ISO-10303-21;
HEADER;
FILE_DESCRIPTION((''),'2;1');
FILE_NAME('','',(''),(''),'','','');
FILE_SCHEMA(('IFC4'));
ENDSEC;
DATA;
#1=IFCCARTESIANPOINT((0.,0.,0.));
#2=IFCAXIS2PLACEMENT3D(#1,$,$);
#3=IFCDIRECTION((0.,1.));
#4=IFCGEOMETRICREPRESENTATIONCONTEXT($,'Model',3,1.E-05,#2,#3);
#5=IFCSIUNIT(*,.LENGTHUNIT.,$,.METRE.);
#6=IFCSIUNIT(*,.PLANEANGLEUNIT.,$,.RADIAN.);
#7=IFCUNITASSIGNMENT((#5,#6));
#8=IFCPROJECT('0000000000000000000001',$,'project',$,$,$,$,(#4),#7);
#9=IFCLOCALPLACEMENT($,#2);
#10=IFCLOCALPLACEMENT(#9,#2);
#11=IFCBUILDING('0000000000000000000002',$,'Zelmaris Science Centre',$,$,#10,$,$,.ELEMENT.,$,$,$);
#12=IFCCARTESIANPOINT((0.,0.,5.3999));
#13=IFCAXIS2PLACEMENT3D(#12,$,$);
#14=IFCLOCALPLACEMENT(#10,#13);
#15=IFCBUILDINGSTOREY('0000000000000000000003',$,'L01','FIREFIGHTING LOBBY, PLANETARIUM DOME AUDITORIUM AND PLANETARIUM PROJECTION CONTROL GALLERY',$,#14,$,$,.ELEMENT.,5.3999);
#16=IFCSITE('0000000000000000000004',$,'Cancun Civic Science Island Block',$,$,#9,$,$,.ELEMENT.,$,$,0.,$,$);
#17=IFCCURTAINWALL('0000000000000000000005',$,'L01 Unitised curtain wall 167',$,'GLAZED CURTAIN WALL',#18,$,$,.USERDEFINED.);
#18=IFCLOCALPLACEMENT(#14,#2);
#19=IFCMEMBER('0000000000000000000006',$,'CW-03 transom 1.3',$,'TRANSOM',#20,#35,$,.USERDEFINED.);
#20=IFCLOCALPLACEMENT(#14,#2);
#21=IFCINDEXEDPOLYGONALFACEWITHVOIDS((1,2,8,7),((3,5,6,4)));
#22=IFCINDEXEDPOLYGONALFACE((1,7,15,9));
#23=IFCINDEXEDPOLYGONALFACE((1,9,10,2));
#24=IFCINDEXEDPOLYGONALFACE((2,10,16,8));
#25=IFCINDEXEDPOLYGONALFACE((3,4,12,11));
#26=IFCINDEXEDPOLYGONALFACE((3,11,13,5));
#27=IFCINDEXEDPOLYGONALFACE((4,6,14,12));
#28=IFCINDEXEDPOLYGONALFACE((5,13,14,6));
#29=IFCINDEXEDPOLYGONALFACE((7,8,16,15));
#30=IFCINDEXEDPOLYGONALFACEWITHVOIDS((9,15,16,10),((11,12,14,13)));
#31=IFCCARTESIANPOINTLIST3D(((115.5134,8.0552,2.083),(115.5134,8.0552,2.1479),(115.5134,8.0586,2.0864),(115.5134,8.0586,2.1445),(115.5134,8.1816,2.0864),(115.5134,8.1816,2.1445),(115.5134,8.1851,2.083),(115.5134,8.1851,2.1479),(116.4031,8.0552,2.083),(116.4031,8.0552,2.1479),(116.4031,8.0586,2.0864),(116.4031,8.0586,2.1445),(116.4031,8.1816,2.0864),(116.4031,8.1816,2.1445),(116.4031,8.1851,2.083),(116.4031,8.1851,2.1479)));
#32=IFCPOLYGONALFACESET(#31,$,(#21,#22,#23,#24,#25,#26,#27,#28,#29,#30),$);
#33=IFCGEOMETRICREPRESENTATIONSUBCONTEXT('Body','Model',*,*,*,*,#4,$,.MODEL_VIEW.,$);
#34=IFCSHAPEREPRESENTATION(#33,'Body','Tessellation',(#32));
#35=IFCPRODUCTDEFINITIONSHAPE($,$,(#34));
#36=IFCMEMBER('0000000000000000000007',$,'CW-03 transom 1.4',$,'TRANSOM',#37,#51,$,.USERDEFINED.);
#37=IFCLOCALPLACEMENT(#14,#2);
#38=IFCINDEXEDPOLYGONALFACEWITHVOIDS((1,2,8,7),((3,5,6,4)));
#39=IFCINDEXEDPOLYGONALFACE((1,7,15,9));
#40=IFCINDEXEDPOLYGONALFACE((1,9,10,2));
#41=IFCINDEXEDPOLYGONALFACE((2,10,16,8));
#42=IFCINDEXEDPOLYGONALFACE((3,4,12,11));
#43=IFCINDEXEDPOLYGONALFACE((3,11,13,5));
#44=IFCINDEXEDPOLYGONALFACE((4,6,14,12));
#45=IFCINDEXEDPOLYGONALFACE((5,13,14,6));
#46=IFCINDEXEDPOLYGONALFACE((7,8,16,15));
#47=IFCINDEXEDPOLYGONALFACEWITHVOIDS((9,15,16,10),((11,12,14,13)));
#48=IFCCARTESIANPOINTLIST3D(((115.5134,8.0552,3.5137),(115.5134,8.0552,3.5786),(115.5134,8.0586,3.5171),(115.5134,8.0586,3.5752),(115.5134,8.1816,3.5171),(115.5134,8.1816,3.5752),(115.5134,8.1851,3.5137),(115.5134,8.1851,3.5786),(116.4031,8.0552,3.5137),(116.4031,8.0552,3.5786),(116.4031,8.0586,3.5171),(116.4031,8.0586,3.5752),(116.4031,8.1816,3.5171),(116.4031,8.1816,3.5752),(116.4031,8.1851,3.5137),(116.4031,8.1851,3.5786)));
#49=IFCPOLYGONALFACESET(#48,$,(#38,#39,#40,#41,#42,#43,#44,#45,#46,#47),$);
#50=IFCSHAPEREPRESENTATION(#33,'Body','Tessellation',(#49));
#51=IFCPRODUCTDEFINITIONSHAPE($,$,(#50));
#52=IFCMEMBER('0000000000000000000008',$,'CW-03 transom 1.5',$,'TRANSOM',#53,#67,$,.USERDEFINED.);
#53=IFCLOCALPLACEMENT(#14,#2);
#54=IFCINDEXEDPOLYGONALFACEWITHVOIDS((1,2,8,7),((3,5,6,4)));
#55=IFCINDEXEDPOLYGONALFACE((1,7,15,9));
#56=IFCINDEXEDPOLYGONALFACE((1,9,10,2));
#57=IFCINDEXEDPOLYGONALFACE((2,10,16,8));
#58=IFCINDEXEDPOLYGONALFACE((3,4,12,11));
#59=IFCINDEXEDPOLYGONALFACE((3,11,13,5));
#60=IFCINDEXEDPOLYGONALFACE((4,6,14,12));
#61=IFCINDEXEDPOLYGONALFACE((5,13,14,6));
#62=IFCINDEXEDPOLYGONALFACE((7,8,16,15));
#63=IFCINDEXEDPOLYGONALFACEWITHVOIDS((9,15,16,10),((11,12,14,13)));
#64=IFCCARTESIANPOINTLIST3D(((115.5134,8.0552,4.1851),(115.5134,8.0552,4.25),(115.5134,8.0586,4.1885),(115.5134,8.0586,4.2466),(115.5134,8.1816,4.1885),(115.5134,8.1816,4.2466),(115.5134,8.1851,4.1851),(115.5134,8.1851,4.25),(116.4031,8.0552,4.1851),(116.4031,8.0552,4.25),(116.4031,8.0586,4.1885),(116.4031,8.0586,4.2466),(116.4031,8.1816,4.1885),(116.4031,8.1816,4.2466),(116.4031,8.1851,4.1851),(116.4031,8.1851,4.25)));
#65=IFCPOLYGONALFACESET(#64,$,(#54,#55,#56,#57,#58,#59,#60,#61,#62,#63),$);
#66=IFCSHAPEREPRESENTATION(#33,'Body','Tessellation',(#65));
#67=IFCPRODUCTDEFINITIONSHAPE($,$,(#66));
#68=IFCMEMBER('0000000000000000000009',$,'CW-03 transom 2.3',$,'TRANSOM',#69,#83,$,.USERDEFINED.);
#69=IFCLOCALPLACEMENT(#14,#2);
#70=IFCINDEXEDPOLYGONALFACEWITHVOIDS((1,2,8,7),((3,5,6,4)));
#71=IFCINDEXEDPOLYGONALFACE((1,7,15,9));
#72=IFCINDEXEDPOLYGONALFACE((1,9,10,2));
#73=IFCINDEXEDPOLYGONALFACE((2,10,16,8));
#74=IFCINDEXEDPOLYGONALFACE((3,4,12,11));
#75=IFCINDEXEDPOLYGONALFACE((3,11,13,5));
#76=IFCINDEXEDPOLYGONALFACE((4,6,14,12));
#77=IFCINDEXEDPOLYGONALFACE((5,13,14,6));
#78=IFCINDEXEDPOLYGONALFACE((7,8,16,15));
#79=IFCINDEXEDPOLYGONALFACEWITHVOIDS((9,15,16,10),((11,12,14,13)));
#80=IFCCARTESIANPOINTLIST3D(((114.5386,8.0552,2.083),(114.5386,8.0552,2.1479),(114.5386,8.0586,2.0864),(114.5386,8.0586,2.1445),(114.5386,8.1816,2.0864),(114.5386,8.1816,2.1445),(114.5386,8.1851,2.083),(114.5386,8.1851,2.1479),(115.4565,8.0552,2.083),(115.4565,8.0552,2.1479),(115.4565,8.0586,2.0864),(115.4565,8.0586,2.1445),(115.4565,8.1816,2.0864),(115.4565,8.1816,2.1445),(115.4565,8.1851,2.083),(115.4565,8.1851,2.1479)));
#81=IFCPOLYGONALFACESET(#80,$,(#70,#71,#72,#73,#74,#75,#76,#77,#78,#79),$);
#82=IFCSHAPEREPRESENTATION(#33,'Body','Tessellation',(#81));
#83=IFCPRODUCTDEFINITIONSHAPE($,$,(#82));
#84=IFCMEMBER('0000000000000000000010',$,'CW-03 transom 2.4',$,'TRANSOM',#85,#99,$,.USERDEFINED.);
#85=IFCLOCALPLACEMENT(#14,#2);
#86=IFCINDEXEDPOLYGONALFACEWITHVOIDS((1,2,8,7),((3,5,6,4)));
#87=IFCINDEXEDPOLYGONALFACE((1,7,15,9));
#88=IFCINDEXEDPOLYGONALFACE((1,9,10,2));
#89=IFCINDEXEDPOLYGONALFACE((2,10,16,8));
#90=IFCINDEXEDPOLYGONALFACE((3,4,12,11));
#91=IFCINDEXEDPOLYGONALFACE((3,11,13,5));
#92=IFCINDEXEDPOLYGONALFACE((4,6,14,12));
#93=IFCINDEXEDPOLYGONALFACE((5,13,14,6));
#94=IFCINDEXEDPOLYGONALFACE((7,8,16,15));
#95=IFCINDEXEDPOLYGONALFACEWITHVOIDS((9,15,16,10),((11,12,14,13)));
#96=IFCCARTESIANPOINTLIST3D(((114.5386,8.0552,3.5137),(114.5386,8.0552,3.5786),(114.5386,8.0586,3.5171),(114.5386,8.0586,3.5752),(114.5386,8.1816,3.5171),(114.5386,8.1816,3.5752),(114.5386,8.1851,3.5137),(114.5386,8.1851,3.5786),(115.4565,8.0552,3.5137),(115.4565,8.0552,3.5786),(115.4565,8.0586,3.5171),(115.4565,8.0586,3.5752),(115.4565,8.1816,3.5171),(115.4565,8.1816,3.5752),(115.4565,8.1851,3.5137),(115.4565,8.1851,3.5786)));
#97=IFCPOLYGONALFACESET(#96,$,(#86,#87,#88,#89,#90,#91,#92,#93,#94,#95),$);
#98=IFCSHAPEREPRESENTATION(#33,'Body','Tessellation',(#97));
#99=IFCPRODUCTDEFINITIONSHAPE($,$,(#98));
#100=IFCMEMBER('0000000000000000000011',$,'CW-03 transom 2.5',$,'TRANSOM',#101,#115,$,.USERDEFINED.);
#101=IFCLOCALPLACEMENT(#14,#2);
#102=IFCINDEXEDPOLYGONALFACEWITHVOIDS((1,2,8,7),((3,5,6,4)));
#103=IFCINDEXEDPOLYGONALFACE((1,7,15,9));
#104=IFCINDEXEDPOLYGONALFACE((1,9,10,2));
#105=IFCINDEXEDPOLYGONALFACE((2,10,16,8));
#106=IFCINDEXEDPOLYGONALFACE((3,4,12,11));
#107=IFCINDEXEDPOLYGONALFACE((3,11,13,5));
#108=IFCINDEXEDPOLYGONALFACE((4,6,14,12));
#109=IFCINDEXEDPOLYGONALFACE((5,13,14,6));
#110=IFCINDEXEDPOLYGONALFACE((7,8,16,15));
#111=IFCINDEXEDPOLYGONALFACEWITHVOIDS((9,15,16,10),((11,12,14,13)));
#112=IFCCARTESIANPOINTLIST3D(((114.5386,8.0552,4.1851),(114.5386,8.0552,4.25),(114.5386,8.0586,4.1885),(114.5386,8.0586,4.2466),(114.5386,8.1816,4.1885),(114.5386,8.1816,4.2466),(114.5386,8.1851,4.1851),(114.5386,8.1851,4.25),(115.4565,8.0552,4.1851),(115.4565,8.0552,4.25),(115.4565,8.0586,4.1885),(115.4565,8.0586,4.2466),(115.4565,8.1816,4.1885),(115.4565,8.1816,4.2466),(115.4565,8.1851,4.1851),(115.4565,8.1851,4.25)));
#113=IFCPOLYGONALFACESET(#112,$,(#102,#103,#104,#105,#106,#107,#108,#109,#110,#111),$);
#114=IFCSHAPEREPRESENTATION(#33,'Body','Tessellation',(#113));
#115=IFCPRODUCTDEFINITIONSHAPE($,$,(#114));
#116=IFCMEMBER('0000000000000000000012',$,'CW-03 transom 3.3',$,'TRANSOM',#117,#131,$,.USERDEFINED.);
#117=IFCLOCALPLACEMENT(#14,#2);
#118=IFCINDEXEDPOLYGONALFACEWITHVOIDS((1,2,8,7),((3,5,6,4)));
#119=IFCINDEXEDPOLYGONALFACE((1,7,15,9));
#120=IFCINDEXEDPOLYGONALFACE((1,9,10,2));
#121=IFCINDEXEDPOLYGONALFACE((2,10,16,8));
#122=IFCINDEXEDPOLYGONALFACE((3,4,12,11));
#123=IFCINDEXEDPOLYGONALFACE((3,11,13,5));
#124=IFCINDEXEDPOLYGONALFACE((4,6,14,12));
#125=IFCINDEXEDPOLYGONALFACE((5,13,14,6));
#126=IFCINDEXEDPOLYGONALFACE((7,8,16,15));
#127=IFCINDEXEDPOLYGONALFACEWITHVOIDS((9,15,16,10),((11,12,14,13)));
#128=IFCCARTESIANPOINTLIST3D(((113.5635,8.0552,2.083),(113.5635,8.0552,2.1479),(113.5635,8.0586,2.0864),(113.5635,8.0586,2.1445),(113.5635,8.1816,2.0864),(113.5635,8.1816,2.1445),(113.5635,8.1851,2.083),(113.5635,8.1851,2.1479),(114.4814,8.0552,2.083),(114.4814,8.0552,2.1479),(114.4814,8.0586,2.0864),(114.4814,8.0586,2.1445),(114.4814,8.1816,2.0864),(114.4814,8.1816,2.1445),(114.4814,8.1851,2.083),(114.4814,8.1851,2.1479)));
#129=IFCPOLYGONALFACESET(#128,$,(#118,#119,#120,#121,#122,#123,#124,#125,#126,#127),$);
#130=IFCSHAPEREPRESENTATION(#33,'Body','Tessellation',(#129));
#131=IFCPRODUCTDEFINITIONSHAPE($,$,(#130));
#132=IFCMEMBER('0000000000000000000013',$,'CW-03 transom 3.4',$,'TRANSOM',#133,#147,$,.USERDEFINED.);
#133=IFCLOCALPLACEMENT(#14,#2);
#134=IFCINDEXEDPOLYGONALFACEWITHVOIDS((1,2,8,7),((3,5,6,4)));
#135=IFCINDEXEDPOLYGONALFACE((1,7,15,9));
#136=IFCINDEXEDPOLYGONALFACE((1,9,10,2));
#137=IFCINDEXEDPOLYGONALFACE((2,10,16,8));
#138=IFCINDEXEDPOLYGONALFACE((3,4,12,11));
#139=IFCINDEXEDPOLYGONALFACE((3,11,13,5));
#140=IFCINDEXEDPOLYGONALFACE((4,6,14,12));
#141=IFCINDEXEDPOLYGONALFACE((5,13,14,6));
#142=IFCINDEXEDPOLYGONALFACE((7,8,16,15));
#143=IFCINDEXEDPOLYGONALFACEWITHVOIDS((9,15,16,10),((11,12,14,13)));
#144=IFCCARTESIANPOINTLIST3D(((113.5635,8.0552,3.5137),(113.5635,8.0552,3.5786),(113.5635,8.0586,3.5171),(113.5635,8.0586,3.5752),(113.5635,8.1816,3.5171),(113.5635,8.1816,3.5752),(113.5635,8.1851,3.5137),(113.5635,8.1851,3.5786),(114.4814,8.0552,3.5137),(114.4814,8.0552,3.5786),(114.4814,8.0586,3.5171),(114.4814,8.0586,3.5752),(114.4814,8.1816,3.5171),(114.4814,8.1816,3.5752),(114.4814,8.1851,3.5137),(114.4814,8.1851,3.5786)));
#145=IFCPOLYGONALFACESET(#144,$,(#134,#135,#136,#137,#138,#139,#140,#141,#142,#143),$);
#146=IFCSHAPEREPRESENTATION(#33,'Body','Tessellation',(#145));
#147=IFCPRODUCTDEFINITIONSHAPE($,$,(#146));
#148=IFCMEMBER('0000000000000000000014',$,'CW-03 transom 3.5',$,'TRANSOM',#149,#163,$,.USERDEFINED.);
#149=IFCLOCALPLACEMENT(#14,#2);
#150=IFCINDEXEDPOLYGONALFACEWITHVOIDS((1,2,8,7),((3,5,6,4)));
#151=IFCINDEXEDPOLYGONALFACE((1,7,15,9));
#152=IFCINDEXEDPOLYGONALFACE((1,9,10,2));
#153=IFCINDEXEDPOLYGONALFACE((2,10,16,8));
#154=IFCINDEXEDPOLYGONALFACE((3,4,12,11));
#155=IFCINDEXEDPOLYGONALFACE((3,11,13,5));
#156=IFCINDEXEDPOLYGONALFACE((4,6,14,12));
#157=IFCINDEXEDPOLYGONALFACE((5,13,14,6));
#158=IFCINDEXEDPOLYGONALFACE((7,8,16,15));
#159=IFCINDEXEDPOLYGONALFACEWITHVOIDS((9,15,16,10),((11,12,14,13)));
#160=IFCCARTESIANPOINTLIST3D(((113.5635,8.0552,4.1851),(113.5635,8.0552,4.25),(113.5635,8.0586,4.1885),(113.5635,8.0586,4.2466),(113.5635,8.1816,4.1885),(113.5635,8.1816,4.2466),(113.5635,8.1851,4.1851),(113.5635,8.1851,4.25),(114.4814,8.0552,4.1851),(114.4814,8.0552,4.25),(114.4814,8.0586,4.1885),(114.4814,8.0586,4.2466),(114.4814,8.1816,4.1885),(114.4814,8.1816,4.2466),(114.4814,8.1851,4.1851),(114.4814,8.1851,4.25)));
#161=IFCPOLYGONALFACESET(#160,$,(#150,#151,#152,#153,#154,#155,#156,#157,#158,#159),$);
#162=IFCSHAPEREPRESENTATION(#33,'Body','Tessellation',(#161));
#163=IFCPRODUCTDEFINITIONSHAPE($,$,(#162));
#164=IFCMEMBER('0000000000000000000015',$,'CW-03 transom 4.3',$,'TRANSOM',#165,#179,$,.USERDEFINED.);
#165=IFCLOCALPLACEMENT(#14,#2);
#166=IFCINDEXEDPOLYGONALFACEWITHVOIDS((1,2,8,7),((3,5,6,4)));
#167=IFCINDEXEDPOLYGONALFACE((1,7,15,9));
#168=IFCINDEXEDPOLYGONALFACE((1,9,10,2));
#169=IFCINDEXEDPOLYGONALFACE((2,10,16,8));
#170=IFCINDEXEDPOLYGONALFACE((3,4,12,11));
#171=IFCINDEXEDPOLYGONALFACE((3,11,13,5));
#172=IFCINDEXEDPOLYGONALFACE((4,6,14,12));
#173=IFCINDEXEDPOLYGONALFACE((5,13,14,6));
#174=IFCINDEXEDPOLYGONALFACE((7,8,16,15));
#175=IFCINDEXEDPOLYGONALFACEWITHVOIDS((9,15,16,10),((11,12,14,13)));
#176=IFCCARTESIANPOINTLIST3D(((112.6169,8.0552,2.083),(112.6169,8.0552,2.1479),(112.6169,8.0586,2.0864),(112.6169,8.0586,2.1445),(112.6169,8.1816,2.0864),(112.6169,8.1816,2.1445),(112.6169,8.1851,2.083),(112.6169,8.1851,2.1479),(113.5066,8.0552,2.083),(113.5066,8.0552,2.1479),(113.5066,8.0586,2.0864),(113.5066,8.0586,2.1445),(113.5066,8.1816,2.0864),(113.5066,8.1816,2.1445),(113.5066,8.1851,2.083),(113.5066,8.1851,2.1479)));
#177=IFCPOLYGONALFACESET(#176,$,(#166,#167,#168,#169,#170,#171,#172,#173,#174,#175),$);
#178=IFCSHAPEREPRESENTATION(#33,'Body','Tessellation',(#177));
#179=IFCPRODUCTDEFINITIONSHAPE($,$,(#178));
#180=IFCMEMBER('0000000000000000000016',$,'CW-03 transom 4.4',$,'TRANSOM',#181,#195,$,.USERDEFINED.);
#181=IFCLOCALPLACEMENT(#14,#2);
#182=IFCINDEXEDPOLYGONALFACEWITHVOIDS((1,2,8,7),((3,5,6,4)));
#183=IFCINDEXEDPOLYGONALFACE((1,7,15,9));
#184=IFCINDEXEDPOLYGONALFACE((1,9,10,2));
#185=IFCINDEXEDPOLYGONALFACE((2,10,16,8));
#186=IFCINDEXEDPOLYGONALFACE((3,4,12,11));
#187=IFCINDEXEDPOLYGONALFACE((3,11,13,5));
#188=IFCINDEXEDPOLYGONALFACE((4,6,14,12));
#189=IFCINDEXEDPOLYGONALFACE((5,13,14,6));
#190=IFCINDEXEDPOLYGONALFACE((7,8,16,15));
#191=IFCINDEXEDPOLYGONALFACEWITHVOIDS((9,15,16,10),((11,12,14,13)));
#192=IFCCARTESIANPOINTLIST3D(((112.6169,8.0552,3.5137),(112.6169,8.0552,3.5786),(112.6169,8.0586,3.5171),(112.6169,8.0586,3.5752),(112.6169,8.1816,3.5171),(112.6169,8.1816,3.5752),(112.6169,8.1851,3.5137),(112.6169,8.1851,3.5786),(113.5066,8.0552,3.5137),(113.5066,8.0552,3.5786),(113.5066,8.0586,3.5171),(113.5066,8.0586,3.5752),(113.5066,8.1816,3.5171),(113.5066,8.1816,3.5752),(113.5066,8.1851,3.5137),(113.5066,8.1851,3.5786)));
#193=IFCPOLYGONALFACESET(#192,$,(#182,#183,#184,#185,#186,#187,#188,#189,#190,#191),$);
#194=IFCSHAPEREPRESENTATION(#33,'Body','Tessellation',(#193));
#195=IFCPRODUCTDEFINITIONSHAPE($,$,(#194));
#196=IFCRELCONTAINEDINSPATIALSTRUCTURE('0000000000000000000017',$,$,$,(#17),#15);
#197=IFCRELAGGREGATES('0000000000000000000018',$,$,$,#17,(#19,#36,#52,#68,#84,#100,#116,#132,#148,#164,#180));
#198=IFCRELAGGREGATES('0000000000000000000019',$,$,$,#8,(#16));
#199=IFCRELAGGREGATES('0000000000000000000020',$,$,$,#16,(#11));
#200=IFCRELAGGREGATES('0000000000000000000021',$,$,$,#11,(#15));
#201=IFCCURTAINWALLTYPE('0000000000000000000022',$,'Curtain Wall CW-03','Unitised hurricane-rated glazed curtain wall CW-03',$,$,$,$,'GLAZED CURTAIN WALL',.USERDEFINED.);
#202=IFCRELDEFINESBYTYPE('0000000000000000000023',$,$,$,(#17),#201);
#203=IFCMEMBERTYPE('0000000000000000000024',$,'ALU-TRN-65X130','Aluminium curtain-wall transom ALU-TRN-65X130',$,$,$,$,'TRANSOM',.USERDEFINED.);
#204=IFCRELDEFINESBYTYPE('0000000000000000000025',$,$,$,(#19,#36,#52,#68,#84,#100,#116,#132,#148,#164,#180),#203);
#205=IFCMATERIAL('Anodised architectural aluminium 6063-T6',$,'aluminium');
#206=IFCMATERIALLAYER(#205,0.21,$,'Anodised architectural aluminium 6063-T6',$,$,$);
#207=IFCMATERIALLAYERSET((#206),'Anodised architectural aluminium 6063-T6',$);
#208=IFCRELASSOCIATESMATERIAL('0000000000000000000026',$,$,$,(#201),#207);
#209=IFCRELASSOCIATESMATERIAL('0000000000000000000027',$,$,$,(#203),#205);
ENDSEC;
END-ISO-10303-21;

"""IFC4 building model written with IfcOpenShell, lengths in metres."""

from ifc_helpers import new_model, si_unit, direction, frame, origin, origin_2d, place, context, subcontext, project, spatial, hollow_rectangle, extrude, material, layer, layer_set, material_profile, profile_set, type_object, element, aggregate, save


model = new_model("IFC4")

# Units and contexts
model_context = context("Model", 3, precision=1e-05, world=origin(), true_north=direction((0.0, 1.0)))
body_context = subcontext(model_context, "Body", "Model", "MODEL_VIEW")
ifc_project = project(units=[si_unit("LENGTHUNIT", "METRE"), si_unit("PLANEANGLEUNIT", "RADIAN")], contexts=[model_context])

# Site, building, storey
site_placement = place(None, origin())
site = spatial("IfcSite", under=ifc_project, at=site_placement, Name="Cancun Civic Science Island Block", CompositionType="ELEMENT", RefElevation=0.0)
building_placement = place(site_placement, origin())
building = spatial("IfcBuilding", under=site, at=building_placement, Name="Zelmaris Science Centre", CompositionType="ELEMENT")
storey_placement = place(building_placement, frame((0.0, 0.0, 5.3999)))
storey = spatial("IfcBuildingStorey", under=building, at=storey_placement, Name="L01", Description="FIREFIGHTING LOBBY, PLANETARIUM DOME AUDITORIUM AND PLANETARIUM PROJECTION CONTROL GALLERY", CompositionType="ELEMENT", Elevation=5.3999)

# Curtain wall, members
ifc_material_1 = material(Name="Anodised architectural aluminium 6063-T6", Category="aluminium")
ifc_layer_1 = layer(ifc_material_1, 0.21, Name="Anodised architectural aluminium 6063-T6")
ifc_layer_set_1 = layer_set([ifc_layer_1], Name="Anodised architectural aluminium 6063-T6")
curtain_wall_type = type_object("IfcCurtainWallType", Name="Curtain Wall CW-03", Description="Unitised hurricane-rated glazed curtain wall CW-03", ElementType="GLAZED CURTAIN WALL", PredefinedType="USERDEFINED", material=ifc_layer_set_1)
curtain_wall_placement = place(storey_placement, origin())
curtain_wall = element("IfcCurtainWall", 1, at=curtain_wall_placement, inside=storey, type_object=curtain_wall_type, Name="L01 Unitised curtain wall 167", ObjectType="GLAZED CURTAIN WALL", PredefinedType="USERDEFINED")
ifc_material_profile = material_profile(ifc_material_1, hollow_rectangle(XDim=0.0649, YDim=0.1299, WallThickness=0.0034, at=origin_2d()), Name="ALU-TRN-65X130")
ifc_profile_set = profile_set([ifc_material_profile], Name="Anodised architectural aluminium 6063-T6")
member_type = type_object("IfcMemberType", Name="ALU-TRN-65X130", Description="Aluminium curtain-wall transom ALU-TRN-65X130", ElementType="TRANSOM", PredefinedType="USERDEFINED", material=ifc_profile_set)
member_1_placement = place(storey_placement, frame((116.4031, 8.1201, 2.1155), z_axis=(-1.0, 0.0, 0.0), x_axis=(0.0, 0.0, 1.0)))
member_1 = element("IfcMember", 2, at=member_1_placement, type_object=member_type, Name="CW-03 transom 1.3", ObjectType="TRANSOM", PredefinedType="USERDEFINED", context=body_context, shape_type="SweptSolid", body=[
    extrude(hollow_rectangle(XDim=0.0649, YDim=0.1299, WallThickness=0.0034, at=origin_2d()), origin(), (0.0, 0.0, 1.0), 0.8896),
])
member_2_placement = place(storey_placement, frame((116.4031, 8.1201, 3.5461), z_axis=(-1.0, 0.0, 0.0), x_axis=(0.0, 0.0, 1.0)))
member_2 = element("IfcMember", 3, at=member_2_placement, type_object=member_type, Name="CW-03 transom 1.4", ObjectType="TRANSOM", PredefinedType="USERDEFINED", context=body_context, shape_type="SweptSolid", body=[
    extrude(hollow_rectangle(XDim=0.0649, YDim=0.1299, WallThickness=0.0034, at=origin_2d()), origin(), (0.0, 0.0, 1.0), 0.8896),
])
member_3_placement = place(storey_placement, frame((116.4031, 8.1201, 4.2175), z_axis=(-1.0, 0.0, 0.0), x_axis=(0.0, 0.0, 1.0)))
member_3 = element("IfcMember", 4, at=member_3_placement, type_object=member_type, Name="CW-03 transom 1.5", ObjectType="TRANSOM", PredefinedType="USERDEFINED", context=body_context, shape_type="SweptSolid", body=[
    extrude(hollow_rectangle(XDim=0.0649, YDim=0.1299, WallThickness=0.0034, at=origin_2d()), origin(), (0.0, 0.0, 1.0), 0.8896),
])
member_4_placement = place(storey_placement, frame((115.4565, 8.1201, 2.1155), z_axis=(-1.0, 0.0, 0.0), x_axis=(0.0, 0.0, 1.0)))
member_4 = element("IfcMember", 5, at=member_4_placement, type_object=member_type, Name="CW-03 transom 2.3", ObjectType="TRANSOM", PredefinedType="USERDEFINED", context=body_context, shape_type="SweptSolid", body=[
    extrude(hollow_rectangle(XDim=0.0649, YDim=0.1299, WallThickness=0.0034, at=origin_2d()), origin(), (0.0, 0.0, 1.0), 0.918),
])
member_5_placement = place(storey_placement, frame((115.4565, 8.1201, 3.5461), z_axis=(-1.0, 0.0, 0.0), x_axis=(0.0, 0.0, 1.0)))
member_5 = element("IfcMember", 6, at=member_5_placement, type_object=member_type, Name="CW-03 transom 2.4", ObjectType="TRANSOM", PredefinedType="USERDEFINED", context=body_context, shape_type="SweptSolid", body=[
    extrude(hollow_rectangle(XDim=0.0649, YDim=0.1299, WallThickness=0.0034, at=origin_2d()), origin(), (0.0, 0.0, 1.0), 0.918),
])
member_6_placement = place(storey_placement, frame((115.4565, 8.1201, 4.2175), z_axis=(-1.0, 0.0, 0.0), x_axis=(0.0, 0.0, 1.0)))
member_6 = element("IfcMember", 7, at=member_6_placement, type_object=member_type, Name="CW-03 transom 2.5", ObjectType="TRANSOM", PredefinedType="USERDEFINED", context=body_context, shape_type="SweptSolid", body=[
    extrude(hollow_rectangle(XDim=0.0649, YDim=0.1299, WallThickness=0.0034, at=origin_2d()), origin(), (0.0, 0.0, 1.0), 0.918),
])
member_7_placement = place(storey_placement, frame((114.4814, 8.1201, 2.1155), z_axis=(-1.0, 0.0, 0.0), x_axis=(0.0, 0.0, 1.0)))
member_7 = element("IfcMember", 8, at=member_7_placement, type_object=member_type, Name="CW-03 transom 3.3", ObjectType="TRANSOM", PredefinedType="USERDEFINED", context=body_context, shape_type="SweptSolid", body=[
    extrude(hollow_rectangle(XDim=0.0649, YDim=0.1299, WallThickness=0.0034, at=origin_2d()), origin(), (0.0, 0.0, 1.0), 0.918),
])
member_8_placement = place(storey_placement, frame((114.4814, 8.1201, 3.5461), z_axis=(-1.0, 0.0, 0.0), x_axis=(0.0, 0.0, 1.0)))
member_8 = element("IfcMember", 9, at=member_8_placement, type_object=member_type, Name="CW-03 transom 3.4", ObjectType="TRANSOM", PredefinedType="USERDEFINED", context=body_context, shape_type="SweptSolid", body=[
    extrude(hollow_rectangle(XDim=0.0649, YDim=0.1299, WallThickness=0.0034, at=origin_2d()), origin(), (0.0, 0.0, 1.0), 0.918),
])
member_9_placement = place(storey_placement, frame((114.4814, 8.1201, 4.2175), z_axis=(-1.0, 0.0, 0.0), x_axis=(0.0, 0.0, 1.0)))
member_9 = element("IfcMember", 10, at=member_9_placement, type_object=member_type, Name="CW-03 transom 3.5", ObjectType="TRANSOM", PredefinedType="USERDEFINED", context=body_context, shape_type="SweptSolid", body=[
    extrude(hollow_rectangle(XDim=0.0649, YDim=0.1299, WallThickness=0.0034, at=origin_2d()), origin(), (0.0, 0.0, 1.0), 0.918),
])
member_10_placement = place(storey_placement, frame((113.5066, 8.1201, 2.1155), z_axis=(-1.0, 0.0, 0.0), x_axis=(0.0, 0.0, 1.0)))
member_10 = element("IfcMember", 11, at=member_10_placement, type_object=member_type, Name="CW-03 transom 4.3", ObjectType="TRANSOM", PredefinedType="USERDEFINED", context=body_context, shape_type="SweptSolid", body=[
    extrude(hollow_rectangle(XDim=0.0649, YDim=0.1299, WallThickness=0.0034, at=origin_2d()), origin(), (0.0, 0.0, 1.0), 0.8896),
])
member_11_placement = place(storey_placement, frame((113.5066, 8.1201, 3.5461), z_axis=(-1.0, 0.0, 0.0), x_axis=(0.0, 0.0, 1.0)))
member_11 = element("IfcMember", 12, at=member_11_placement, type_object=member_type, Name="CW-03 transom 4.4", ObjectType="TRANSOM", PredefinedType="USERDEFINED", context=body_context, shape_type="SweptSolid", body=[
    extrude(hollow_rectangle(XDim=0.0649, YDim=0.1299, WallThickness=0.0034, at=origin_2d()), origin(), (0.0, 0.0, 1.0), 0.8896),
])
aggregate(curtain_wall, [member_1, member_2, member_3, member_4, member_5, member_6, member_7, member_8, member_9, member_10, member_11])

save(model, "model.ifc")
